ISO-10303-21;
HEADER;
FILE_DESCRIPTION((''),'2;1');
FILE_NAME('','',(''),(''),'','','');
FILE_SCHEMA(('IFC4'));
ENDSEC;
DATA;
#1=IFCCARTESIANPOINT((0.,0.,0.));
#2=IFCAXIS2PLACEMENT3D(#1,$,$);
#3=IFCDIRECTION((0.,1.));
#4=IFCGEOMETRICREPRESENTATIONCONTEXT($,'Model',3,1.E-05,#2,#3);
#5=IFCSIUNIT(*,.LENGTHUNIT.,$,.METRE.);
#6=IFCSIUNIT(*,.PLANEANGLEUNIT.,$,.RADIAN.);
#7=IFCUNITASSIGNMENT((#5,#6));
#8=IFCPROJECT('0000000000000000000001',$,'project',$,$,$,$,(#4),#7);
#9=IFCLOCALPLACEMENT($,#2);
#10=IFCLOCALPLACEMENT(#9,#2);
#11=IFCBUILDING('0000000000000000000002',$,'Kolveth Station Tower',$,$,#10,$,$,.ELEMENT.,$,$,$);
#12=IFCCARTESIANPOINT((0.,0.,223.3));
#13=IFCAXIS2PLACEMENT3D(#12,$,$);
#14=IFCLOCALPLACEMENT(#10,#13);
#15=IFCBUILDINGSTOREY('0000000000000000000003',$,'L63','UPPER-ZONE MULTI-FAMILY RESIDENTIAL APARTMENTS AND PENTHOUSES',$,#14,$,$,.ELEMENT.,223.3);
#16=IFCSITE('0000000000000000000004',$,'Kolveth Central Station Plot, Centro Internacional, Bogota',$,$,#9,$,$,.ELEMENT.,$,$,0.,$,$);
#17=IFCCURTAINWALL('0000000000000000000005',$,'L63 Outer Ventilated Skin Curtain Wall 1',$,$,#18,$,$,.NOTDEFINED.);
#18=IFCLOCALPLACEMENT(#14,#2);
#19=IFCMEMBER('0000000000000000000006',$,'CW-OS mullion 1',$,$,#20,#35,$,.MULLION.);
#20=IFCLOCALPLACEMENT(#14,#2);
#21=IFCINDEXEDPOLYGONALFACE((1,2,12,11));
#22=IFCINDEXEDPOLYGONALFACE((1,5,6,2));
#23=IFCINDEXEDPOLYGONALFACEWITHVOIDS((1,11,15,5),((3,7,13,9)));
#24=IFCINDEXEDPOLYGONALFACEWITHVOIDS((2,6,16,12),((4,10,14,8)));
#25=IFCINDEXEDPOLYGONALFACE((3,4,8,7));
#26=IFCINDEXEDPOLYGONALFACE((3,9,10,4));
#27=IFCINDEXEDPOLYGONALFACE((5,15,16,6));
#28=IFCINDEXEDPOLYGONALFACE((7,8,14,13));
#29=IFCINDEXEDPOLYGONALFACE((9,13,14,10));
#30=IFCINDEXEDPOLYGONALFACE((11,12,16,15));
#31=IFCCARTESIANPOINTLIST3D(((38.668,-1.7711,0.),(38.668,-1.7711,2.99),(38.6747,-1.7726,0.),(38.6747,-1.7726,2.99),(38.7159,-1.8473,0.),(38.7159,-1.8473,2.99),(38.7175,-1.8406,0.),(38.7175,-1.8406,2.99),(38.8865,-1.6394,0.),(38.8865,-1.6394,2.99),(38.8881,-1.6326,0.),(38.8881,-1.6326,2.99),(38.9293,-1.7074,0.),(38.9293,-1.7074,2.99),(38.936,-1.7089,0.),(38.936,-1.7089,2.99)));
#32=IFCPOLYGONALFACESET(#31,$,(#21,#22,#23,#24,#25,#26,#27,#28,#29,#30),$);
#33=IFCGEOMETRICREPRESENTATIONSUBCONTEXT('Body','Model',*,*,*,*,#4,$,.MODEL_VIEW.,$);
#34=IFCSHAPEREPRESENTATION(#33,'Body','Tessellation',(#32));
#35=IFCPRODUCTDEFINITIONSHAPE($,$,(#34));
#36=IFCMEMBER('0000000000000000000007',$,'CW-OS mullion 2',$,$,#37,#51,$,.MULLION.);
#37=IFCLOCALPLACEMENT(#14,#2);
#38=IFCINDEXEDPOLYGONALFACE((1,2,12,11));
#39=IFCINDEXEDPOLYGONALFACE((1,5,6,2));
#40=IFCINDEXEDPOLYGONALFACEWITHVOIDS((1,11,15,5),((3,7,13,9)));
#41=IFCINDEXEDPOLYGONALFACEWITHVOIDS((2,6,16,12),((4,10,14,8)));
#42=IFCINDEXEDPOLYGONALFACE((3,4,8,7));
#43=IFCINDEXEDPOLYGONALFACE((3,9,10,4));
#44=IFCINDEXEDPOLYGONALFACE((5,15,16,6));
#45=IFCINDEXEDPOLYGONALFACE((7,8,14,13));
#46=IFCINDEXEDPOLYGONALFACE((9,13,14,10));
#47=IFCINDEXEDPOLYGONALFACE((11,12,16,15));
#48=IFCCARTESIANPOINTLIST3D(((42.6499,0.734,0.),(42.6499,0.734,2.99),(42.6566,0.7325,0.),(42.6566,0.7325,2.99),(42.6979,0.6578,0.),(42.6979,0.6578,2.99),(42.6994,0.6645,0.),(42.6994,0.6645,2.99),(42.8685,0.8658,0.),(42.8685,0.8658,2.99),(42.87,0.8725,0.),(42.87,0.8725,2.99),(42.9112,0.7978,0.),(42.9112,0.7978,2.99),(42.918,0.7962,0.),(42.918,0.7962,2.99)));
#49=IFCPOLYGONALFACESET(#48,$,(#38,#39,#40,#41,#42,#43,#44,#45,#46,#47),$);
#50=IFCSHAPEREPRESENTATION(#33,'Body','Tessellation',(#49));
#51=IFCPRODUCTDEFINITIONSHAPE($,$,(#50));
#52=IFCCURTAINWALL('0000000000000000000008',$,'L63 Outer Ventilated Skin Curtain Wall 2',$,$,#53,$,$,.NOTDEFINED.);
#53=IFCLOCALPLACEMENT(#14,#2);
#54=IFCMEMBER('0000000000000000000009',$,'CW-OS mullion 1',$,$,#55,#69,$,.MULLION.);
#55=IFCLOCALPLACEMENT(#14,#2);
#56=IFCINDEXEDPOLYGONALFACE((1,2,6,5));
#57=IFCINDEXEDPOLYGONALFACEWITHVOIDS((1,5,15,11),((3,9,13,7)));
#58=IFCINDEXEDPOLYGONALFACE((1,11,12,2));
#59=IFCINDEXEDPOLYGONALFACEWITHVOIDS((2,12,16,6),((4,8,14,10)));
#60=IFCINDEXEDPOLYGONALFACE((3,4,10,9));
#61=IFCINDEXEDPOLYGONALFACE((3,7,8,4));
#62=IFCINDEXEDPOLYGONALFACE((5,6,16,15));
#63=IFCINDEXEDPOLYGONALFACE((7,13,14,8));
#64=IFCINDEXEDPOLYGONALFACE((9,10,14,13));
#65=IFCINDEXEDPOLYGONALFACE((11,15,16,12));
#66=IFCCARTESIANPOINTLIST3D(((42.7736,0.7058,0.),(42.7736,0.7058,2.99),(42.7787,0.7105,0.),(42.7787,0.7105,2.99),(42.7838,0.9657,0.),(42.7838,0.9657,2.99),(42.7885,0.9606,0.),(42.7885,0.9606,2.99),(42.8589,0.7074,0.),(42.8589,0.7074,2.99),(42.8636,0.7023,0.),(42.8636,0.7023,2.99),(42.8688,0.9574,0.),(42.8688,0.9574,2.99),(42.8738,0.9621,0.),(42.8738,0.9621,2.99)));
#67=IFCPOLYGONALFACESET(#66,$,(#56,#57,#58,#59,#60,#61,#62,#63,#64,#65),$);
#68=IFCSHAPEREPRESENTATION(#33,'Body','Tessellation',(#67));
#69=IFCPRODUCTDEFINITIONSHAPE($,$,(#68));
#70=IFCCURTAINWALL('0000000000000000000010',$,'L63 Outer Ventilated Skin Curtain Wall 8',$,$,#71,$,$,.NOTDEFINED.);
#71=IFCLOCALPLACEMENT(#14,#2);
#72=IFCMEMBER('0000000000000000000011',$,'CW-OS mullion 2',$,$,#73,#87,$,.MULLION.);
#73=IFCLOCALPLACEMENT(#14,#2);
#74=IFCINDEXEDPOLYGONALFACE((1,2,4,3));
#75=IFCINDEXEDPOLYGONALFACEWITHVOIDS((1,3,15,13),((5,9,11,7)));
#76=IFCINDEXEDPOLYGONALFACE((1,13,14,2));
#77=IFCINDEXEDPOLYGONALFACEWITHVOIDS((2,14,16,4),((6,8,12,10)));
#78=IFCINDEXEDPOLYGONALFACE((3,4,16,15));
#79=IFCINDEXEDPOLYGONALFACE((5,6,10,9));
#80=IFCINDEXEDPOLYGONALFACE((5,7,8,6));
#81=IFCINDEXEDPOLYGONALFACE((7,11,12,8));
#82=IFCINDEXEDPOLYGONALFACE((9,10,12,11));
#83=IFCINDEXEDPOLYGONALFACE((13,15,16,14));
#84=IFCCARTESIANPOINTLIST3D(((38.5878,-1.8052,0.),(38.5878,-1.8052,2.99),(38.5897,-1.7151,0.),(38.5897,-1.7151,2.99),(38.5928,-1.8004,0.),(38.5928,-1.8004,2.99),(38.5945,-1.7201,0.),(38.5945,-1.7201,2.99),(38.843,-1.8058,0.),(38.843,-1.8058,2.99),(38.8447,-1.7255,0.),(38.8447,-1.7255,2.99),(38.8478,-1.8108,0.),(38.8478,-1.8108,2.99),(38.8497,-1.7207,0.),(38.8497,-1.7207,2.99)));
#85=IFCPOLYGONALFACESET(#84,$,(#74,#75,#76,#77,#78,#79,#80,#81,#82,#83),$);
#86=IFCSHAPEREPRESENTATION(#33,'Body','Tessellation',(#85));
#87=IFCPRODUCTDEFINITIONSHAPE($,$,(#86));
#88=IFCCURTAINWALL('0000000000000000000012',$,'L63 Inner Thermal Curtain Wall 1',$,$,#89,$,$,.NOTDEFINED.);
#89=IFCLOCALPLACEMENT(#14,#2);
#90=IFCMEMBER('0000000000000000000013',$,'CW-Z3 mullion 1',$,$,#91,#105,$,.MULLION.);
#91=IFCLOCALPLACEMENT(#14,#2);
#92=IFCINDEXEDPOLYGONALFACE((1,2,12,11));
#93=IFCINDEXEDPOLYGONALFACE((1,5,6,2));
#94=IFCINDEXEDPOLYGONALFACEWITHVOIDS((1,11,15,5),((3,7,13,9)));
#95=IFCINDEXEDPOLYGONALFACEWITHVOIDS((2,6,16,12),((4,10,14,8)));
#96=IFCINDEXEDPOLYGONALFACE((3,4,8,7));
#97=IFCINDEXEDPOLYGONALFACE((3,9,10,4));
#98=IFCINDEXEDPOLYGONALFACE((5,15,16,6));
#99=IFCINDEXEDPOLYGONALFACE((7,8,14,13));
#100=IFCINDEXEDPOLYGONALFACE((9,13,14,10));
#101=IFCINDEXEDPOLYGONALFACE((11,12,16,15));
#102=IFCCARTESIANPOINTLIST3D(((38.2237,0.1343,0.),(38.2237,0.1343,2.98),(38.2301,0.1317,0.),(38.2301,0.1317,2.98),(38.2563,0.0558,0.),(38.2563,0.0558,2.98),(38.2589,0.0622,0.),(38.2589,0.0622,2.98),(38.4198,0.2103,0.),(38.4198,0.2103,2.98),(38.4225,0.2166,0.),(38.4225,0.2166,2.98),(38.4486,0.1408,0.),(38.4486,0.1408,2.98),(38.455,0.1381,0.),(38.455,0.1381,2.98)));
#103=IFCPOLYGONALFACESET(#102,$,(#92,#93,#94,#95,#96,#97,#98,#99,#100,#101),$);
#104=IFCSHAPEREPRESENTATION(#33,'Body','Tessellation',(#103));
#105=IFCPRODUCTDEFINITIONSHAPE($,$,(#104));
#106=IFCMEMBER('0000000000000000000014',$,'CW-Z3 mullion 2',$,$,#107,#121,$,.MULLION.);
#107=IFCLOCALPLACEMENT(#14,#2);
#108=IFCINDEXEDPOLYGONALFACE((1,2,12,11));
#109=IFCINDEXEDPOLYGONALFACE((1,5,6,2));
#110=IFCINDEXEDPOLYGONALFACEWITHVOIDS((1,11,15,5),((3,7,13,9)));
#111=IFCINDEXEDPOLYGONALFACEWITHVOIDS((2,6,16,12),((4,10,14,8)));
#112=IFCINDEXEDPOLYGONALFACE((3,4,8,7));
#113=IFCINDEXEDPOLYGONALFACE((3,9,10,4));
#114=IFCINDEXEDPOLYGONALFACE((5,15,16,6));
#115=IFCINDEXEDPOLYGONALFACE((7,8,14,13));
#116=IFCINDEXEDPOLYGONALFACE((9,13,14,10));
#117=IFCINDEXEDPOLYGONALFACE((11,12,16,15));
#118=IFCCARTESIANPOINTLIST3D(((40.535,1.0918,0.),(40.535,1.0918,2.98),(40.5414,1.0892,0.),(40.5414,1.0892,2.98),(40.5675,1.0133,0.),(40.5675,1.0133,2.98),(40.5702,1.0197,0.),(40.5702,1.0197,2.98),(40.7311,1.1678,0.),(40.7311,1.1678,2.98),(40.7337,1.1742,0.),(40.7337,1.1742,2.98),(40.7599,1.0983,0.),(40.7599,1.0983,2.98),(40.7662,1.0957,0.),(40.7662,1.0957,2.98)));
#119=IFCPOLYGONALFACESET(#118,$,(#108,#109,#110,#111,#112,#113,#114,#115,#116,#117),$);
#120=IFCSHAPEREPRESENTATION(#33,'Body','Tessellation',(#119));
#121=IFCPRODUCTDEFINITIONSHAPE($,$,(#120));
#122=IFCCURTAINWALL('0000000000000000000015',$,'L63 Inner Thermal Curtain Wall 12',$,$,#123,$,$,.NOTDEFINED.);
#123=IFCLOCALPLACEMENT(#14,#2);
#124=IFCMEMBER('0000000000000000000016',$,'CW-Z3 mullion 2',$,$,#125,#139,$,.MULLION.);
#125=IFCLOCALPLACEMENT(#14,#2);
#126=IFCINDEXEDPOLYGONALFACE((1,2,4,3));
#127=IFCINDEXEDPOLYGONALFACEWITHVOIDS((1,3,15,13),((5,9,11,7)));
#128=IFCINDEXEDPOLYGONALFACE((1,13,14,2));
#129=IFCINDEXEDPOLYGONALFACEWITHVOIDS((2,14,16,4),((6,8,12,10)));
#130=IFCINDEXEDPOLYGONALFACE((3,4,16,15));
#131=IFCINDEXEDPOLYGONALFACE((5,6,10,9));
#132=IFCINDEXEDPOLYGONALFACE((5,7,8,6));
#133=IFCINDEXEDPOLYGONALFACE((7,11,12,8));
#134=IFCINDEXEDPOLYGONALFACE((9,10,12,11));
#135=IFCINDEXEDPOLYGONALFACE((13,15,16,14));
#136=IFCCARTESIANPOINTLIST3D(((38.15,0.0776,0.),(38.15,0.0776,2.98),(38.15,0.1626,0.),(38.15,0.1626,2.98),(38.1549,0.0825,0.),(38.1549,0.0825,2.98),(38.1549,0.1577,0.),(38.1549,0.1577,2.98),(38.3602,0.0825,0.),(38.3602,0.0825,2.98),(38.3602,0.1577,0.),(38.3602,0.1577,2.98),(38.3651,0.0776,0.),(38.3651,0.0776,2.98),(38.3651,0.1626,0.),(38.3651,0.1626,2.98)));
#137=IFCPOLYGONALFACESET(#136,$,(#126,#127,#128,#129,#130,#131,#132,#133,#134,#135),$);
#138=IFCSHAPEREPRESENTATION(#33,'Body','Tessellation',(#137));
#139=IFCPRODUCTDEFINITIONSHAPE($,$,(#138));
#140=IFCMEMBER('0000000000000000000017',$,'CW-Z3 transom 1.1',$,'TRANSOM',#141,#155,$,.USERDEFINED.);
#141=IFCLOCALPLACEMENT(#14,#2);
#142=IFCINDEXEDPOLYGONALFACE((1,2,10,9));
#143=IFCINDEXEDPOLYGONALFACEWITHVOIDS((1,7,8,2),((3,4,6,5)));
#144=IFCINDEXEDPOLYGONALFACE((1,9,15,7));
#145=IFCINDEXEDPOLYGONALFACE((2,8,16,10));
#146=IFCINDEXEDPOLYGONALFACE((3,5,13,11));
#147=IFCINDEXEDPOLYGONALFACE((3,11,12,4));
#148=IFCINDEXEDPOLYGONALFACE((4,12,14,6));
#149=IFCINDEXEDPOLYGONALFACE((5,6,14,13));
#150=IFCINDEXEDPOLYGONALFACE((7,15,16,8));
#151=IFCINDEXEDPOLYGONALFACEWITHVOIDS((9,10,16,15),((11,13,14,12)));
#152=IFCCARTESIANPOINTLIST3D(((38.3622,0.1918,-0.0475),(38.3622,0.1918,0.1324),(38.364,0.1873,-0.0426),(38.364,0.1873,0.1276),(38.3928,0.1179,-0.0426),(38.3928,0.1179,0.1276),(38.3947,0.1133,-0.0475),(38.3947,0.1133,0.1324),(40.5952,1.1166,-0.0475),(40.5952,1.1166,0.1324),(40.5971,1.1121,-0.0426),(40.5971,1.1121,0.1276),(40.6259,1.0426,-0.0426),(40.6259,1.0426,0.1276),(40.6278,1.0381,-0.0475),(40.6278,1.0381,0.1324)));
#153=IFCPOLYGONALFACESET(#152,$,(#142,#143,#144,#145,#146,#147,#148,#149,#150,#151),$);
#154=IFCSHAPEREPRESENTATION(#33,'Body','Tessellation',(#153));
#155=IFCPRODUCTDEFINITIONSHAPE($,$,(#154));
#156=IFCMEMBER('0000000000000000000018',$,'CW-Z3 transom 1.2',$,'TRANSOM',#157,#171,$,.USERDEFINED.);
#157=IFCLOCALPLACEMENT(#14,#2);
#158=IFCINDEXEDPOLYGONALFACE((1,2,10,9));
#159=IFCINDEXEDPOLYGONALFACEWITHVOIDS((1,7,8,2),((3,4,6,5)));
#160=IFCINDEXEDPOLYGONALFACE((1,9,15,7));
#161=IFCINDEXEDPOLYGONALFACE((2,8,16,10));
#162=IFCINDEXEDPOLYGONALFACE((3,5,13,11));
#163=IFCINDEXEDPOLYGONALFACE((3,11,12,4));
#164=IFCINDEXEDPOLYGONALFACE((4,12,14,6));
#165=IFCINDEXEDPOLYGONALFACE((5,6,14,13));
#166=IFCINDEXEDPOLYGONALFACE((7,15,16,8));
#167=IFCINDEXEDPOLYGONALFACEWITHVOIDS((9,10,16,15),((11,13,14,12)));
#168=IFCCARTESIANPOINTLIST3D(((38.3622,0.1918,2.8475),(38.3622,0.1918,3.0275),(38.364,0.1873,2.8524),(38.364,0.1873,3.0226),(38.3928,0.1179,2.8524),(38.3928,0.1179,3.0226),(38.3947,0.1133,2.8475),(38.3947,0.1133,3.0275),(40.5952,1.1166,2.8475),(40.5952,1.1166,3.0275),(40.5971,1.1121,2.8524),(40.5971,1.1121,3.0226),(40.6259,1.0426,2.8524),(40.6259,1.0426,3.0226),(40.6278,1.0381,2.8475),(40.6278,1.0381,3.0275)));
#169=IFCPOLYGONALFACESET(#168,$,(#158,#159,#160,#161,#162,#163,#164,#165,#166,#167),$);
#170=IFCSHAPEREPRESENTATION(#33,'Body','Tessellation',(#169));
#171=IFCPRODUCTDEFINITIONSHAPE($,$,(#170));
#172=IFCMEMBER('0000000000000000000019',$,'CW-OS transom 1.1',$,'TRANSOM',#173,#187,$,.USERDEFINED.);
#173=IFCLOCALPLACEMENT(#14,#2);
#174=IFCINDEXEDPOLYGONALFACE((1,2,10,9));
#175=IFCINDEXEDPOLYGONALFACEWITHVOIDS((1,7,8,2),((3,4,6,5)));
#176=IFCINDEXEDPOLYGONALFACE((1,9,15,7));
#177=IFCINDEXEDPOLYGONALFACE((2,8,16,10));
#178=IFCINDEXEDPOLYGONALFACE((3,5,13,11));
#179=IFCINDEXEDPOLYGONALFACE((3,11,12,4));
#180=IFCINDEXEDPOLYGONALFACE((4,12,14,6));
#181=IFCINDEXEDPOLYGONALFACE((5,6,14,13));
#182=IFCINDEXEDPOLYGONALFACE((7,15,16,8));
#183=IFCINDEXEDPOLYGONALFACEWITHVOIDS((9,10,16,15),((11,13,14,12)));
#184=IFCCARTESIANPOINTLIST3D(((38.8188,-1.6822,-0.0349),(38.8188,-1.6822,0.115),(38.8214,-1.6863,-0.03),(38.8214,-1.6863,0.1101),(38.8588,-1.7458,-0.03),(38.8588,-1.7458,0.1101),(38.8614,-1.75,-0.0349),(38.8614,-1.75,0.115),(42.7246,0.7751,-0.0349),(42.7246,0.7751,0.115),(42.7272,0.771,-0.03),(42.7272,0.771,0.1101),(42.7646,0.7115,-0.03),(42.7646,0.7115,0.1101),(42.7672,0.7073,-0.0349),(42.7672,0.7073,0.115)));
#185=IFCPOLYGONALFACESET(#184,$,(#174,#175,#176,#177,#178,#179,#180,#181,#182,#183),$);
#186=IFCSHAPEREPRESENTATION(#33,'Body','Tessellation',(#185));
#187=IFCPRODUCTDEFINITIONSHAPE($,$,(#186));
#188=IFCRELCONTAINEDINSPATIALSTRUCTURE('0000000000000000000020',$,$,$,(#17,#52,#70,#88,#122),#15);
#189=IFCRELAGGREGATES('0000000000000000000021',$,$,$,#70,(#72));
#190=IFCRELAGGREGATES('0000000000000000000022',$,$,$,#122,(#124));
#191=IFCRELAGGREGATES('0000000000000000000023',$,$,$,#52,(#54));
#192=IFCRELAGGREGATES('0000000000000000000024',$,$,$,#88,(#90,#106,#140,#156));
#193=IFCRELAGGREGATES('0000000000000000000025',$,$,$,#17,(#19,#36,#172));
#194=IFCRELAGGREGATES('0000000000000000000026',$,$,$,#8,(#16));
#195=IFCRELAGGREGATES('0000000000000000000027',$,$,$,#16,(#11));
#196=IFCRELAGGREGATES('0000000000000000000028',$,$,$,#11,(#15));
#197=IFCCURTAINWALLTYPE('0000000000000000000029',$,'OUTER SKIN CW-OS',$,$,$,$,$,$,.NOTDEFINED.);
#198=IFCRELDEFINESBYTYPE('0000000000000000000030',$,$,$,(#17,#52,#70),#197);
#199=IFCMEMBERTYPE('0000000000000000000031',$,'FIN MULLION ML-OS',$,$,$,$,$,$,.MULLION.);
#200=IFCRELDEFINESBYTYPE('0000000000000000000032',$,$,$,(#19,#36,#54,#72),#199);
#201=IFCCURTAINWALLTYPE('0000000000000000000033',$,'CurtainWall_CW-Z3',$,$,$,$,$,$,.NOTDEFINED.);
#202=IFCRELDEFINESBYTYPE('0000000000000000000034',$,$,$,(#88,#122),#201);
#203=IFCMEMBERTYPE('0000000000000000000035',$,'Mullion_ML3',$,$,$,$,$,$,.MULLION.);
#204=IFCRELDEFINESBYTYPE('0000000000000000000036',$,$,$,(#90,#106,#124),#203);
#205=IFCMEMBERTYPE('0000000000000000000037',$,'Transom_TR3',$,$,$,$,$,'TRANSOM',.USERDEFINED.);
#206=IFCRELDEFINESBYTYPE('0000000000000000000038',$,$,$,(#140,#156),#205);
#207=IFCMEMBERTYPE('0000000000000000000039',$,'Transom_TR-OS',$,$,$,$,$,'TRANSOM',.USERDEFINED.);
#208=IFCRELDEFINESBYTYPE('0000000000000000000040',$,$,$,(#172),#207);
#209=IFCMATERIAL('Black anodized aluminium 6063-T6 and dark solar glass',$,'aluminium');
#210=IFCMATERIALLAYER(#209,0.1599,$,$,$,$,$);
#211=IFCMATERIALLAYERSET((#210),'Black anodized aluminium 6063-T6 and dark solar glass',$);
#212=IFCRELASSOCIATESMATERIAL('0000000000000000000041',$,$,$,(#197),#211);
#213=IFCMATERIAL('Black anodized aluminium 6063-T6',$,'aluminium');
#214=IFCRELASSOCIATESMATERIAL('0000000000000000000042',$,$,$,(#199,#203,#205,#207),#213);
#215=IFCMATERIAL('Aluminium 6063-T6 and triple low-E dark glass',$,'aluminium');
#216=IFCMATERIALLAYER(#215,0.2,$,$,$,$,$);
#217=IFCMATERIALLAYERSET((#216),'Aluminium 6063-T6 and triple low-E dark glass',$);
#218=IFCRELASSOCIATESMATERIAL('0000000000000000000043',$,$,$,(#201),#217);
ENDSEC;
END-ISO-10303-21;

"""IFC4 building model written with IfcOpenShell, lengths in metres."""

from ifc_helpers import new_model, si_unit, direction, frame, origin, origin_2d, place, context, subcontext, project, spatial, hollow_rectangle, extrude, source, transform, mapped, material, layer, layer_set, material_profile, profile_set, type_object, element, aggregate, save


model = new_model("IFC4")

# Units and contexts
model_context = context("Model", 3, precision=1e-05, world=origin(), true_north=direction((0.0, 1.0)))
body_context = subcontext(model_context, "Body", "Model", "MODEL_VIEW")
ifc_project = project(units=[si_unit("LENGTHUNIT", "METRE"), si_unit("PLANEANGLEUNIT", "RADIAN")], contexts=[model_context])

# Site, building, storey
site_placement = place(None, origin())
site = spatial("IfcSite", under=ifc_project, at=site_placement, Name="Kolveth Central Station Plot, Centro Internacional, Bogota", CompositionType="ELEMENT", RefElevation=0.0)
building_placement = place(site_placement, origin())
building = spatial("IfcBuilding", under=site, at=building_placement, Name="Kolveth Station Tower", CompositionType="ELEMENT")
storey_placement = place(building_placement, frame((0.0, 0.0, 223.3)))
storey = spatial("IfcBuildingStorey", under=building, at=storey_placement, Name="L63", Description="UPPER-ZONE MULTI-FAMILY RESIDENTIAL APARTMENTS AND PENTHOUSES", CompositionType="ELEMENT", Elevation=223.3)

# Curtain wall, members
ifc_material_1 = material(Name="Black anodized aluminium 6063-T6 and dark solar glass", Category="aluminium")
ifc_layer_1 = layer(ifc_material_1, 0.1599)
ifc_layer_set_1 = layer_set([ifc_layer_1], Name="Black anodized aluminium 6063-T6 and dark solar glass")
curtain_wall_type_1 = type_object("IfcCurtainWallType", Name="OUTER SKIN CW-OS", PredefinedType="NOTDEFINED", material=ifc_layer_set_1)
curtain_wall_1_placement = place(storey_placement, origin())
curtain_wall_1 = element("IfcCurtainWall", 1, at=curtain_wall_1_placement, inside=storey, type_object=curtain_wall_type_1, Name="L63 Outer Ventilated Skin Curtain Wall 1", PredefinedType="NOTDEFINED")
ifc_material_2 = material(Name="Black anodized aluminium 6063-T6", Category="aluminium")
ifc_material_profile_1 = material_profile(ifc_material_2, hollow_rectangle(XDim=0.0901, YDim=0.26, WallThickness=0.0049, at=origin_2d()), Name="ALU-90x260x5")
ifc_profile_set_1 = profile_set([ifc_material_profile_1], Name="Black anodized aluminium 6063-T6")
member_type_1 = type_object("IfcMemberType", Name="FIN MULLION ML-OS", PredefinedType="MULLION", material=ifc_profile_set_1)
shared_shape_1 = source(origin(), body_context, "Body", "SweptSolid", [
    extrude(hollow_rectangle(XDim=0.0901, YDim=0.26, WallThickness=0.0049, at=origin_2d()), origin(), (0.0, 0.0, 1.0), 2.99),
])
member_1_placement = place(storey_placement, frame((38.802, -1.74, 0.0), z_axis=(0.0, 0.0, 1.0), x_axis=(-0.532505, 0.846427, 0.0)))
member_1 = element("IfcMember", 2, at=member_1_placement, type_object=member_type_1, Name="CW-OS mullion 1", PredefinedType="MULLION", context=body_context, shape_type="MappedRepresentation", body=[
    mapped(shared_shape_1, transform((0.0, 0.0, 0.0), x_axis=(1.0, 0.0, 0.0), y_axis=(0.0, 1.0, 0.0), z_axis=(0.0, 0.0, 1.0), scale=1.0)),
])
member_2_placement = place(storey_placement, frame((42.7839, 0.7651, 0.0), z_axis=(0.0, 0.0, 1.0), x_axis=(-0.532505, 0.846427, 0.0)))
member_2 = element("IfcMember", 3, at=member_2_placement, type_object=member_type_1, Name="CW-OS mullion 2", PredefinedType="MULLION", context=body_context, shape_type="MappedRepresentation", body=[
    mapped(shared_shape_1, transform((0.0, 0.0, 0.0), x_axis=(1.0, 0.0, 0.0), y_axis=(0.0, 1.0, 0.0), z_axis=(0.0, 0.0, 1.0), scale=1.0)),
])

# Curtain walls, members
curtain_wall_2_placement = place(storey_placement, origin())
curtain_wall_2 = element("IfcCurtainWall", 4, at=curtain_wall_2_placement, inside=storey, type_object=curtain_wall_type_1, Name="L63 Outer Ventilated Skin Curtain Wall 2", PredefinedType="NOTDEFINED")
member_3_placement = place(storey_placement, frame((42.8237, 0.834, 0.0), z_axis=(0.0, 0.0, 1.0), x_axis=(-0.999229, 0.039257, 0.0)))
member_3 = element("IfcMember", 5, at=member_3_placement, type_object=member_type_1, Name="CW-OS mullion 1", PredefinedType="MULLION", context=body_context, shape_type="MappedRepresentation", body=[
    mapped(shared_shape_1, transform((0.0, 0.0, 0.0), x_axis=(1.0, 0.0, 0.0), y_axis=(0.0, 1.0, 0.0), z_axis=(0.0, 0.0, 1.0), scale=1.0)),
])
curtain_wall_3_placement = place(storey_placement, origin())
curtain_wall_3 = element("IfcCurtainWall", 6, at=curtain_wall_3_placement, inside=storey, type_object=curtain_wall_type_1, Name="L63 Outer Ventilated Skin Curtain Wall 8", PredefinedType="NOTDEFINED")
member_4_placement = place(storey_placement, frame((38.7188, -1.7629, 0.0), z_axis=(0.0, 0.0, 1.0), x_axis=(0.021513, 0.999769, 0.0)))
member_4 = element("IfcMember", 7, at=member_4_placement, type_object=member_type_1, Name="CW-OS mullion 2", PredefinedType="MULLION", context=body_context, shape_type="MappedRepresentation", body=[
    mapped(shared_shape_1, transform((0.0, 0.0, 0.0), x_axis=(1.0, 0.0, 0.0), y_axis=(0.0, 1.0, 0.0), z_axis=(0.0, 0.0, 1.0), scale=1.0)),
])
aggregate(curtain_wall_3, [member_4])

# Curtain wall, members
ifc_material_3 = material(Name="Aluminium 6063-T6 and triple low-E dark glass", Category="aluminium")
ifc_layer_2 = layer(ifc_material_3, 0.2)
ifc_layer_set_2 = layer_set([ifc_layer_2], Name="Aluminium 6063-T6 and triple low-E dark glass")
curtain_wall_type_2 = type_object("IfcCurtainWallType", Name="CurtainWall_CW-Z3", PredefinedType="NOTDEFINED", material=ifc_layer_set_2)
curtain_wall_4_placement = place(storey_placement, origin())
curtain_wall_4 = element("IfcCurtainWall", 8, at=curtain_wall_4_placement, inside=storey, type_object=curtain_wall_type_2, Name="L63 Inner Thermal Curtain Wall 1", PredefinedType="NOTDEFINED")
ifc_material_profile_2 = material_profile(ifc_material_2, hollow_rectangle(XDim=0.085, YDim=0.2151, WallThickness=0.0049, at=origin_2d()), Name="ALU-85x215x5")
ifc_profile_set_2 = profile_set([ifc_material_profile_2], Name="Black anodized aluminium 6063-T6")
member_type_2 = type_object("IfcMemberType", Name="Mullion_ML3", PredefinedType="MULLION", material=ifc_profile_set_2)
shared_shape_2 = source(origin(), body_context, "Body", "SweptSolid", [
    extrude(hollow_rectangle(XDim=0.085, YDim=0.2151, WallThickness=0.0049, at=origin_2d()), origin(), (0.0, 0.0, 1.0), 2.98),
])
member_5_placement = place(storey_placement, frame((38.3394, 0.1362, 0.0), z_axis=(0.0, 0.0, 1.0), x_axis=(-0.382693, 0.923875, 0.0)))
member_5 = element("IfcMember", 9, at=member_5_placement, type_object=member_type_2, Name="CW-Z3 mullion 1", PredefinedType="MULLION", context=body_context, shape_type="MappedRepresentation", body=[
    mapped(shared_shape_2, transform((0.0, 0.0, 0.0), x_axis=(1.0, 0.0, 0.0), y_axis=(0.0, 1.0, 0.0), z_axis=(0.0, 0.0, 1.0), scale=1.0)),
])
member_6_placement = place(storey_placement, frame((40.6506, 1.0938, 0.0), z_axis=(0.0, 0.0, 1.0), x_axis=(-0.382693, 0.923875, 0.0)))
member_6 = element("IfcMember", 10, at=member_6_placement, type_object=member_type_2, Name="CW-Z3 mullion 2", PredefinedType="MULLION", context=body_context, shape_type="MappedRepresentation", body=[
    mapped(shared_shape_2, transform((0.0, 0.0, 0.0), x_axis=(1.0, 0.0, 0.0), y_axis=(0.0, 1.0, 0.0), z_axis=(0.0, 0.0, 1.0), scale=1.0)),
])

# Curtain wall, member
curtain_wall_5_placement = place(storey_placement, origin())
curtain_wall_5 = element("IfcCurtainWall", 11, at=curtain_wall_5_placement, inside=storey, type_object=curtain_wall_type_2, Name="L63 Inner Thermal Curtain Wall 12", PredefinedType="NOTDEFINED")
member_7_placement = place(storey_placement, frame((38.2576, 0.1201, 0.0), z_axis=(0.0, 0.0, 1.0), x_axis=(0.0, 1.0, 0.0)))
member_7 = element("IfcMember", 12, at=member_7_placement, type_object=member_type_2, Name="CW-Z3 mullion 2", PredefinedType="MULLION", context=body_context, shape_type="MappedRepresentation", body=[
    mapped(shared_shape_2, transform((0.0, 0.0, 0.0), x_axis=(1.0, 0.0, 0.0), y_axis=(0.0, 1.0, 0.0), z_axis=(0.0, 0.0, 1.0), scale=1.0)),
])
aggregate(curtain_wall_5, [member_7])

# Members
ifc_material_profile_3 = material_profile(ifc_material_2, hollow_rectangle(XDim=0.085, YDim=0.1799, WallThickness=0.0049, at=origin_2d()), Name="ALU-85x180x5")
ifc_profile_set_3 = profile_set([ifc_material_profile_3], Name="Black anodized aluminium 6063-T6")
member_type_3 = type_object("IfcMemberType", Name="Transom_TR3", ElementType="TRANSOM", PredefinedType="USERDEFINED", material=ifc_profile_set_3)
shared_shape_3 = source(origin(), body_context, "Body", "SweptSolid", [
    extrude(hollow_rectangle(XDim=0.085, YDim=0.1799, WallThickness=0.0049, at=origin_2d()), origin(), (0.0, 0.0, 1.0), 2.417),
])
member_8_placement = place(storey_placement, frame((38.3784, 0.1526, 0.0425), z_axis=(0.923909, 0.382613, 0.0), x_axis=(-0.382613, 0.923909, 0.0)))
member_8 = element("IfcMember", 13, at=member_8_placement, type_object=member_type_3, Name="CW-Z3 transom 1.1", ObjectType="TRANSOM", PredefinedType="USERDEFINED", context=body_context, shape_type="MappedRepresentation", body=[
    mapped(shared_shape_3, transform((0.0, 0.0, 0.0), x_axis=(1.0, 0.0, 0.0), y_axis=(0.0, 1.0, 0.0), z_axis=(0.0, 0.0, 1.0), scale=1.0)),
])
member_9_placement = place(storey_placement, frame((38.3784, 0.1526, 2.9375), z_axis=(0.923909, 0.382613, 0.0), x_axis=(-0.382613, 0.923909, 0.0)))
member_9 = element("IfcMember", 14, at=member_9_placement, type_object=member_type_3, Name="CW-Z3 transom 1.2", ObjectType="TRANSOM", PredefinedType="USERDEFINED", context=body_context, shape_type="MappedRepresentation", body=[
    mapped(shared_shape_3, transform((0.0, 0.0, 0.0), x_axis=(1.0, 0.0, 0.0), y_axis=(0.0, 1.0, 0.0), z_axis=(0.0, 0.0, 1.0), scale=1.0)),
])
ifc_material_profile_4 = material_profile(ifc_material_2, hollow_rectangle(XDim=0.0801, YDim=0.1499, WallThickness=0.0049, at=origin_2d()), Name="ALU-80x150x5")
ifc_profile_set_4 = profile_set([ifc_material_profile_4], Name="Black anodized aluminium 6063-T6")
member_type_4 = type_object("IfcMemberType", Name="Transom_TR-OS", ElementType="TRANSOM", PredefinedType="USERDEFINED", material=ifc_profile_set_4)
shared_shape_4 = source(origin(), body_context, "Body", "SweptSolid", [
    extrude(hollow_rectangle(XDim=0.0801, YDim=0.1499, WallThickness=0.0049, at=origin_2d()), origin(), (0.0, 0.0, 1.0), 4.6145),
])
member_10_placement = place(storey_placement, frame((38.8401, -1.7161, 0.04), z_axis=(0.846419, 0.532517, 0.0), x_axis=(-0.532517, 0.846419, 0.0)))
member_10 = element("IfcMember", 15, at=member_10_placement, type_object=member_type_4, Name="CW-OS transom 1.1", ObjectType="TRANSOM", PredefinedType="USERDEFINED", context=body_context, shape_type="MappedRepresentation", body=[
    mapped(shared_shape_4, transform((0.0, 0.0, 0.0), x_axis=(1.0, 0.0, 0.0), y_axis=(0.0, 1.0, 0.0), z_axis=(0.0, 0.0, 1.0), scale=1.0)),
])
aggregate(curtain_wall_2, [member_3])

aggregate(curtain_wall_4, [member_5, member_6, member_8, member_9])
aggregate(curtain_wall_1, [member_1, member_2, member_10])

save(model, "model.ifc")
